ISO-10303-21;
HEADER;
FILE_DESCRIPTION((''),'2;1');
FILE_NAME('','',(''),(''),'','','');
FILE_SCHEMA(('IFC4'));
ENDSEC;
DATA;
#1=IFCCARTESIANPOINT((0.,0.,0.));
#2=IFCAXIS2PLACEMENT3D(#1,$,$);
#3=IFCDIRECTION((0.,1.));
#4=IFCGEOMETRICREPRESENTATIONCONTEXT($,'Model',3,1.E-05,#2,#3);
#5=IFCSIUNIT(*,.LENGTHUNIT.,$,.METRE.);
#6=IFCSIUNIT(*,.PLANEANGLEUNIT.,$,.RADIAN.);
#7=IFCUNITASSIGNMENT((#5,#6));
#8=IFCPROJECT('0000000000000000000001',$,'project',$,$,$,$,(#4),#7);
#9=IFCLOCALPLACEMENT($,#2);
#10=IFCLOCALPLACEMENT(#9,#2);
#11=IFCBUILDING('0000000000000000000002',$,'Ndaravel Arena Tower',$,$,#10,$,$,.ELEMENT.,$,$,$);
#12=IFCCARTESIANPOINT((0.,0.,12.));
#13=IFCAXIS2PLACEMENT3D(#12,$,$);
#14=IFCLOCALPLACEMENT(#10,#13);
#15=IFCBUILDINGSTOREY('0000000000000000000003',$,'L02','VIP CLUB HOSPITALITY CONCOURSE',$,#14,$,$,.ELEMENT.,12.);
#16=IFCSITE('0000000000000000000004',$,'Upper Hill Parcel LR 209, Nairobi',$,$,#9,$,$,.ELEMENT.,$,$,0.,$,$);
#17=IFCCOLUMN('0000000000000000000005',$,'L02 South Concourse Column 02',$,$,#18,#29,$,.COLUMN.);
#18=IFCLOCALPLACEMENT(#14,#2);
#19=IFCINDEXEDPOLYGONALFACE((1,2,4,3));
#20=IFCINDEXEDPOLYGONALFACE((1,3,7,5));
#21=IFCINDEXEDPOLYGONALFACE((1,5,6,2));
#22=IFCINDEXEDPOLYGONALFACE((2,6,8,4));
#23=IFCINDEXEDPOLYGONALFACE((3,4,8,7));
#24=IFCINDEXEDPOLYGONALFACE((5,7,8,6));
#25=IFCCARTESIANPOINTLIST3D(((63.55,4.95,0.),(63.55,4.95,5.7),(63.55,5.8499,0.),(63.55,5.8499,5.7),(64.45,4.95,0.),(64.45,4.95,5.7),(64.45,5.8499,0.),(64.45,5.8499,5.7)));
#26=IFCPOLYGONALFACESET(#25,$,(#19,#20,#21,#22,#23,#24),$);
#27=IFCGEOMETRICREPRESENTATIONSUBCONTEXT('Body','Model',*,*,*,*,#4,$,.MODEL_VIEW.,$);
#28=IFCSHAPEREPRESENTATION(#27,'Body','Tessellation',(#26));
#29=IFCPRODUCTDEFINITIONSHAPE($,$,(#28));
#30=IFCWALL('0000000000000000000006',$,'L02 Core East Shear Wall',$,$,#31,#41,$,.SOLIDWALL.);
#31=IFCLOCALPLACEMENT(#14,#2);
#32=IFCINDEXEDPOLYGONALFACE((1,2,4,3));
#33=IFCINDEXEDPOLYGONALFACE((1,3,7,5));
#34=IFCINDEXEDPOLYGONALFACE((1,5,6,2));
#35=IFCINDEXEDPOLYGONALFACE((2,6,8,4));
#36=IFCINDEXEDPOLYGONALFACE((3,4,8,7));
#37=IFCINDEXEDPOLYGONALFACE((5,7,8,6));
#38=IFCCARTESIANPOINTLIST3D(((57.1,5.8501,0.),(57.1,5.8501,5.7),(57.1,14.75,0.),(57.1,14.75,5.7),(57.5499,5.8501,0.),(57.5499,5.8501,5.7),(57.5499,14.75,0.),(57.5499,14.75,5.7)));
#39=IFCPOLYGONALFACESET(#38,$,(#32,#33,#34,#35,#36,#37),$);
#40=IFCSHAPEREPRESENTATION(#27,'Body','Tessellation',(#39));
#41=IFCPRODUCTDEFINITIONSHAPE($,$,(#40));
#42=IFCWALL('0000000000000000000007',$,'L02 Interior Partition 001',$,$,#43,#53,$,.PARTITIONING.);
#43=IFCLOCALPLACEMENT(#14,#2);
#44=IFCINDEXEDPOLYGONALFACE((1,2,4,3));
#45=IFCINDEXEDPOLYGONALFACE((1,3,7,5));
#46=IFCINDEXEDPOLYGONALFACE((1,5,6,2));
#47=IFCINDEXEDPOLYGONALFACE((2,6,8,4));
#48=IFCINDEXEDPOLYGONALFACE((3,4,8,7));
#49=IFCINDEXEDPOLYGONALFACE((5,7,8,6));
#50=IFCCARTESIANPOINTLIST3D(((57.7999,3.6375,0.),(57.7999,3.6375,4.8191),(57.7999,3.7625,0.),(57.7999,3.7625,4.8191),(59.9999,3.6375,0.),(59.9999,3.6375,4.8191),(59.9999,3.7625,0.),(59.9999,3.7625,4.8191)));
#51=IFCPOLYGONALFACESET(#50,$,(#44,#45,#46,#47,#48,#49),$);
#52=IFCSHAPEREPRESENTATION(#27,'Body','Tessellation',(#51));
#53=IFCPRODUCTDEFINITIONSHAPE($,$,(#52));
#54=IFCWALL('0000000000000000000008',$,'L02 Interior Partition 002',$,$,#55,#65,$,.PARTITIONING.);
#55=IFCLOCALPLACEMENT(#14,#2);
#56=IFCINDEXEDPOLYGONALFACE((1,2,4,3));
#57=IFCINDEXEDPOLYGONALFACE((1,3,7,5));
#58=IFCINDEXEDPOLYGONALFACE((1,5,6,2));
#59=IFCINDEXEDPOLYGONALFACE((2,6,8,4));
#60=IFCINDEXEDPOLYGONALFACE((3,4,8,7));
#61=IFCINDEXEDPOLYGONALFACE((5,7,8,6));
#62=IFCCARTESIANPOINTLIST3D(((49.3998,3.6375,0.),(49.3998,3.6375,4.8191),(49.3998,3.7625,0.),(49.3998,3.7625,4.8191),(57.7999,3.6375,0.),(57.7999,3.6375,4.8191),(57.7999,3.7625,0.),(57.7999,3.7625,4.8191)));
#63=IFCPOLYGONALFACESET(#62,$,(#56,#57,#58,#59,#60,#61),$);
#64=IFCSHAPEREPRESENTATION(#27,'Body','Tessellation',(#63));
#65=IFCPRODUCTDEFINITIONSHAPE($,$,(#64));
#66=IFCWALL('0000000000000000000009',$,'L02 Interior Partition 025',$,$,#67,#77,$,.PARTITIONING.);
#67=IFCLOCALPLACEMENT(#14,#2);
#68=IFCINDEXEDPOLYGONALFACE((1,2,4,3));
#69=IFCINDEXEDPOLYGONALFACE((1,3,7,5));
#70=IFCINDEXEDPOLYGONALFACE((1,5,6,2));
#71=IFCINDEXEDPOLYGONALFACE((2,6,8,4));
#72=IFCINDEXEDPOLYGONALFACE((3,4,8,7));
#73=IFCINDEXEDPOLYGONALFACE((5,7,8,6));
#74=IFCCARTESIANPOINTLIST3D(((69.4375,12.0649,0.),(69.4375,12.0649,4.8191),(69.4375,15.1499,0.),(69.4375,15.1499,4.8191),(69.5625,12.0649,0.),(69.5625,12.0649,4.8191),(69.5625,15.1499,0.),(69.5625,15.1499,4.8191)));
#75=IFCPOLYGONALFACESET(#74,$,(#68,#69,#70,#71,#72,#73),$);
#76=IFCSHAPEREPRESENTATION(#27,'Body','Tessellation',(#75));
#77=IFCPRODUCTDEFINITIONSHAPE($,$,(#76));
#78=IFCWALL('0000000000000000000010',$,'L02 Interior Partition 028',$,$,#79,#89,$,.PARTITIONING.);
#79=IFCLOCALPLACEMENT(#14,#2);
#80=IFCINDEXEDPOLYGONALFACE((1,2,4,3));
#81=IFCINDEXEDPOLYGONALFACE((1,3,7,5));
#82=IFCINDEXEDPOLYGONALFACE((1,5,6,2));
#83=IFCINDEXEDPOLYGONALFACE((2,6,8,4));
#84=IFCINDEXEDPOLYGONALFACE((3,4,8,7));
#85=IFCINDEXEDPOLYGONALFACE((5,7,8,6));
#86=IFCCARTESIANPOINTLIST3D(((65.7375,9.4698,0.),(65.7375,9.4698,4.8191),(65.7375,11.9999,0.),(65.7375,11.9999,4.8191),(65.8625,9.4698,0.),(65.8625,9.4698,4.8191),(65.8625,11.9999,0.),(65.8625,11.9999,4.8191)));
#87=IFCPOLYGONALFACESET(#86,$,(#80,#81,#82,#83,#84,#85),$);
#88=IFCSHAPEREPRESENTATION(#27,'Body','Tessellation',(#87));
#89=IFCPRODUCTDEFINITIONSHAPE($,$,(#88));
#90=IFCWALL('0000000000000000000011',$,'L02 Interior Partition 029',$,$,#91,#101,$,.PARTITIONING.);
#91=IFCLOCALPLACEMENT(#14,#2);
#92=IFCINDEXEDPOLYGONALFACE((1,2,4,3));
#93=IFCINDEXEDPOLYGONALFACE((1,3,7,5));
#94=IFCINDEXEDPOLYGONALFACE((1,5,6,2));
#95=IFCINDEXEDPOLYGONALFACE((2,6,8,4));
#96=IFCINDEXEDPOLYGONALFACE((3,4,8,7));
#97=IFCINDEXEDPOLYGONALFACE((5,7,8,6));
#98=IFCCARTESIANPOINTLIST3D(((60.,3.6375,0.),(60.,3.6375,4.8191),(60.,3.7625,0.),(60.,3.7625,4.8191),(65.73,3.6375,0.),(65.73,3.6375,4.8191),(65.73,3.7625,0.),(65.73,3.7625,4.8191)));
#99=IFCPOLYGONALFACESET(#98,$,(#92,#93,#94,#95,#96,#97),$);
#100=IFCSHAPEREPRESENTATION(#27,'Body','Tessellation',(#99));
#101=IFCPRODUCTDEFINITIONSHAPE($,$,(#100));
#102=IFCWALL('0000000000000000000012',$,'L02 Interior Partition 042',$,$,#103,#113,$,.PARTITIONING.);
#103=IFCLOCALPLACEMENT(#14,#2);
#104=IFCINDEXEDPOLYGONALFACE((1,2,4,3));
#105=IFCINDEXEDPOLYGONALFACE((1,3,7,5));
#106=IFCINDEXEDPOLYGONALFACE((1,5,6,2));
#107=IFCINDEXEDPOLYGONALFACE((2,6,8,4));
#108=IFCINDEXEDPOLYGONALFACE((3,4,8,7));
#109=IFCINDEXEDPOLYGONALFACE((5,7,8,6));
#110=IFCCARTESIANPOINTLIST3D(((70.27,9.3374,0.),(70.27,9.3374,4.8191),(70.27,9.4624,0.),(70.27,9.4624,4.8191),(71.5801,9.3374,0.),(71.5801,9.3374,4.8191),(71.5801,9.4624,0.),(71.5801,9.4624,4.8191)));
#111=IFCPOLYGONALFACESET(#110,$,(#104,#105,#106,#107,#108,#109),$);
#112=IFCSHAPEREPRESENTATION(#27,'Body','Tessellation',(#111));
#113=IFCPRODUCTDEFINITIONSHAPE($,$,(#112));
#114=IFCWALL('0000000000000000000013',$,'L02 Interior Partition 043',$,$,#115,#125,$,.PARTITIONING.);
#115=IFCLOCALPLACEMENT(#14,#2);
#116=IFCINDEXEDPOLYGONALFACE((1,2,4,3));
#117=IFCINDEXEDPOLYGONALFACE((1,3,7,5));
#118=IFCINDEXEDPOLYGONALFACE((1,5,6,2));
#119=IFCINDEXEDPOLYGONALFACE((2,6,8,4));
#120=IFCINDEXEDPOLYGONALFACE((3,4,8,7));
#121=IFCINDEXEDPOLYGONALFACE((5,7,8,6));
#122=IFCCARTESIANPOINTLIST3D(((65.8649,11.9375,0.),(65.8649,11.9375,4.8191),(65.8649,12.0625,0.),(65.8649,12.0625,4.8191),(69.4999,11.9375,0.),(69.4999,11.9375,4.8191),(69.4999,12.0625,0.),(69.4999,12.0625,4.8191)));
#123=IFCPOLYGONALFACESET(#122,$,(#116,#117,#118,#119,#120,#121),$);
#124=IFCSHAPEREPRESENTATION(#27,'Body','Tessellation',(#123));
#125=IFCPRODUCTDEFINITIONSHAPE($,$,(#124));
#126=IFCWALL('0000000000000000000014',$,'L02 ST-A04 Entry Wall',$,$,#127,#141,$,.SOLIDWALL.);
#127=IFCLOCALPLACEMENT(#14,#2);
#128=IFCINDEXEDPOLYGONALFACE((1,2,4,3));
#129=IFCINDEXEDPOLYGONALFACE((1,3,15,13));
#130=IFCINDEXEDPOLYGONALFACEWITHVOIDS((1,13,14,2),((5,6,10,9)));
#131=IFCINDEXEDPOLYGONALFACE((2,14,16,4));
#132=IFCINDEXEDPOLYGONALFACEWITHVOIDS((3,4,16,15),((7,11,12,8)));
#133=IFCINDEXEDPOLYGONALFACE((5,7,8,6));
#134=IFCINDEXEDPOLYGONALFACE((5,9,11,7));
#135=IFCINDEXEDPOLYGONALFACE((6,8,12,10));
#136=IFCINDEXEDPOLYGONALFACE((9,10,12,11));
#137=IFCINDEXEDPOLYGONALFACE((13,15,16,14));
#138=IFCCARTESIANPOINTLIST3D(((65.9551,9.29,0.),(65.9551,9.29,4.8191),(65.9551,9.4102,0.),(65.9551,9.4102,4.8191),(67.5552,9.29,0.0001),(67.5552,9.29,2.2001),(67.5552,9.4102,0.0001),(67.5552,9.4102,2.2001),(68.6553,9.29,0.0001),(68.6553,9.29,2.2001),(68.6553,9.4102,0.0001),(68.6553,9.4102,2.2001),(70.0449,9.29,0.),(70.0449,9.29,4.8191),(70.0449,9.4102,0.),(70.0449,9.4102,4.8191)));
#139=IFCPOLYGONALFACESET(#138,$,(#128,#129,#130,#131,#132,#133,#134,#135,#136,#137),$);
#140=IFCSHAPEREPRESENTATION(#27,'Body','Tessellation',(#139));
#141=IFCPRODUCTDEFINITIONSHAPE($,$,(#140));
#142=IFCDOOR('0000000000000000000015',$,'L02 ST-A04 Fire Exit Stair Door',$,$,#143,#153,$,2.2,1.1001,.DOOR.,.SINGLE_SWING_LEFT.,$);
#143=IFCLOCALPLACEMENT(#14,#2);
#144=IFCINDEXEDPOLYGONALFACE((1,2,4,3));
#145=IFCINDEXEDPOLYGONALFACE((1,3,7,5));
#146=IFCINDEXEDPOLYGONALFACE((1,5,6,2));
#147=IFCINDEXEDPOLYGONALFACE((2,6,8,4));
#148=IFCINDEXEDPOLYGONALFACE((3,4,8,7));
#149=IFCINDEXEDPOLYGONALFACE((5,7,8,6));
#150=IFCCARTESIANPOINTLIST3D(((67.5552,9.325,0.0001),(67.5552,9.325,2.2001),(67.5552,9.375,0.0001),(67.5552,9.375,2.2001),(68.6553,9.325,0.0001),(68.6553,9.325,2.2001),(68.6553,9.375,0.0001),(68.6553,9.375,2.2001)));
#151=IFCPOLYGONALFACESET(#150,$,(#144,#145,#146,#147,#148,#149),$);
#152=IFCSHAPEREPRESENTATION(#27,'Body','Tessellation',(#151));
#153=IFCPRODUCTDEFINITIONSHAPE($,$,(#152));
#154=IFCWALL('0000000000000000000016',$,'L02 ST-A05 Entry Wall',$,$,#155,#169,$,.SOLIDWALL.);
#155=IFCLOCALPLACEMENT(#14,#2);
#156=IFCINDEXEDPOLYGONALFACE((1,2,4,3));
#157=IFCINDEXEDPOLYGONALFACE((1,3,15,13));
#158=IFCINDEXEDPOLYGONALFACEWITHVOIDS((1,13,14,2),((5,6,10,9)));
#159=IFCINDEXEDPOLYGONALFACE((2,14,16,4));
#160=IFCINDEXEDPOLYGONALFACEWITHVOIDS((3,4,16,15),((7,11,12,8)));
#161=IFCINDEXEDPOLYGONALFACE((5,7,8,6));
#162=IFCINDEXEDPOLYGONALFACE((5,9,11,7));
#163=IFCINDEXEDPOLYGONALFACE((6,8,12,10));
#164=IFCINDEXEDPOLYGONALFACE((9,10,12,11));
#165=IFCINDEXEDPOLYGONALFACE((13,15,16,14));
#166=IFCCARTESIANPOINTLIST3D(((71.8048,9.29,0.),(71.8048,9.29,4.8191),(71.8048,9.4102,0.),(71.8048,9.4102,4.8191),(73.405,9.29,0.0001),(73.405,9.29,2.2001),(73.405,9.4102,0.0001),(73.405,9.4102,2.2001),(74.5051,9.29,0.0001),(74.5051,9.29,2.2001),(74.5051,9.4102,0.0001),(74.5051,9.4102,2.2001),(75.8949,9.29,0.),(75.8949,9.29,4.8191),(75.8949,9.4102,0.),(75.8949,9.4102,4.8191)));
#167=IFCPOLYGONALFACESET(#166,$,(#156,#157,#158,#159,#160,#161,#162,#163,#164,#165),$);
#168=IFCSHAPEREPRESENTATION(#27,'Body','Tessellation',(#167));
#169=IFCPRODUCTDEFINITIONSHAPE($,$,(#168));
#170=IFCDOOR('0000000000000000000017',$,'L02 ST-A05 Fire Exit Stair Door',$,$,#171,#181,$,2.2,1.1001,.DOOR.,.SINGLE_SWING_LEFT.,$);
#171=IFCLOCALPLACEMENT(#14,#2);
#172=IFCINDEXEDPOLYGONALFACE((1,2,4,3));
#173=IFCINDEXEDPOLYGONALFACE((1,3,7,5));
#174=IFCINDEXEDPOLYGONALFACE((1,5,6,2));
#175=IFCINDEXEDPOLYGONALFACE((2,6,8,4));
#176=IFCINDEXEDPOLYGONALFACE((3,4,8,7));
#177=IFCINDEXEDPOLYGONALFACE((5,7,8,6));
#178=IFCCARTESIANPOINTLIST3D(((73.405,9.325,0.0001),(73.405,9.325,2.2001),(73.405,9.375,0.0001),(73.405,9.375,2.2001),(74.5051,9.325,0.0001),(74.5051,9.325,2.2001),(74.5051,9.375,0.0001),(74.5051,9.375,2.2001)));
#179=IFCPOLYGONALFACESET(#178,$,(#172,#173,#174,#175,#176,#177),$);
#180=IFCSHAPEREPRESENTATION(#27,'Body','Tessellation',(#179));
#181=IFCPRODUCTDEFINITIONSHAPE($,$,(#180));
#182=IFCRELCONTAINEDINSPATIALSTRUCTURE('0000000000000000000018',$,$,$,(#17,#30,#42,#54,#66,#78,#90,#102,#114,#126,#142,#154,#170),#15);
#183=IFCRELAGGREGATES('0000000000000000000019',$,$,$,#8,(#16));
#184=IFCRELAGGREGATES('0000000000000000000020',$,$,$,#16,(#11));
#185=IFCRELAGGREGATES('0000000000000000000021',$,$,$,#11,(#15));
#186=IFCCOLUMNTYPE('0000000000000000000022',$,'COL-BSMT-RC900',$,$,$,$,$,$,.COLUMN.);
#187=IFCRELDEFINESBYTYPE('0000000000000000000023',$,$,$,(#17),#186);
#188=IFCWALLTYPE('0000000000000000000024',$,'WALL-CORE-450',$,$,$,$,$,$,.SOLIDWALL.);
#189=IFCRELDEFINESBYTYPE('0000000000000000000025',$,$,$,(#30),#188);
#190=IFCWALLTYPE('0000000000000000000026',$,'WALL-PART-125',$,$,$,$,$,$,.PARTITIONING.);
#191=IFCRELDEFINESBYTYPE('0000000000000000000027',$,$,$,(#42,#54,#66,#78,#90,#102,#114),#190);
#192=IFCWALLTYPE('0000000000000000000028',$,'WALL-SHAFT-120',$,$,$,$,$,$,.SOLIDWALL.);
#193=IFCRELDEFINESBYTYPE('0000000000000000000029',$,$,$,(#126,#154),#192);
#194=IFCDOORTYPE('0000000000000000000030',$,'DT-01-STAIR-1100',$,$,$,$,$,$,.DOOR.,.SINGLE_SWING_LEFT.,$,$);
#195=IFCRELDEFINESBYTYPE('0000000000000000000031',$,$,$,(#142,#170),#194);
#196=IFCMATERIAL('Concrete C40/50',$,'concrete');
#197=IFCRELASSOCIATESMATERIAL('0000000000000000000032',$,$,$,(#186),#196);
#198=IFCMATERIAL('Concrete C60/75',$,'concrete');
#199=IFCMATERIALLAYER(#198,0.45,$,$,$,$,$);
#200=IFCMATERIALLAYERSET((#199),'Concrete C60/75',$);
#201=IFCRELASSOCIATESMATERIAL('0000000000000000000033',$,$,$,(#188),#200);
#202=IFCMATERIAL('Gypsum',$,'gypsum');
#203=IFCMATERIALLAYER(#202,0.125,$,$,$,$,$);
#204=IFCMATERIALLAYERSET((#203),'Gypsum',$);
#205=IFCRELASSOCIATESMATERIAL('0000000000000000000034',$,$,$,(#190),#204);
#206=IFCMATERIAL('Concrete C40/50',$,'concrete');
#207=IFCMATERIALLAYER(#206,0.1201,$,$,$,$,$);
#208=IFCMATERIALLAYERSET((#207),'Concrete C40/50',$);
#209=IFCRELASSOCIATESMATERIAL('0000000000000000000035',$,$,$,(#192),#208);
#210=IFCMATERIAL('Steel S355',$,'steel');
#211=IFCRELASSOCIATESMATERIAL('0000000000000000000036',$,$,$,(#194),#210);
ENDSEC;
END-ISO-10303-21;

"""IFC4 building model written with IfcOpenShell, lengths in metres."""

from ifc_helpers import new_model, si_unit, direction, frame, frame_2d, origin, origin_2d, place, context, subcontext, project, spatial, rectangle, extrude, material, layer, layer_set, material_profile, profile_set, type_object, element, fill, save


model = new_model("IFC4")

# Units and contexts
model_context = context("Model", 3, precision=1e-05, world=origin(), true_north=direction((0.0, 1.0)))
body_context = subcontext(model_context, "Body", "Model", "MODEL_VIEW")
ifc_project = project(units=[si_unit("LENGTHUNIT", "METRE"), si_unit("PLANEANGLEUNIT", "RADIAN")], contexts=[model_context])

# Site, building, storey
site_placement = place(None, origin())
site = spatial("IfcSite", under=ifc_project, at=site_placement, Name="Upper Hill Parcel LR 209, Nairobi", CompositionType="ELEMENT", RefElevation=0.0)
building_placement = place(site_placement, origin())
building = spatial("IfcBuilding", under=site, at=building_placement, Name="Ndaravel Arena Tower", CompositionType="ELEMENT")
storey_placement = place(building_placement, frame((0.0, 0.0, 12.0)))
storey = spatial("IfcBuildingStorey", under=building, at=storey_placement, Name="L02", Description="VIP CLUB HOSPITALITY CONCOURSE", CompositionType="ELEMENT", Elevation=12.0)

# Column
ifc_material_1 = material(Name="Concrete C40/50", Category="concrete")
ifc_material_profile = material_profile(ifc_material_1, rectangle(XDim=0.8999, YDim=0.8999, at=origin_2d()), Name="RC 900x900")
ifc_profile_set = profile_set([ifc_material_profile], Name="Concrete C40/50")
column_type = type_object("IfcColumnType", Name="COL-BSMT-RC900", PredefinedType="COLUMN", material=ifc_profile_set)
column_placement = place(storey_placement, frame((64.0, 5.3999, 0.0), z_axis=(0.0, 0.0, 1.0), x_axis=(1.0, 0.0, 0.0)))
element("IfcColumn", 1, at=column_placement, inside=storey, type_object=column_type, Name="L02 South Concourse Column 02", PredefinedType="COLUMN", context=body_context, shape_type="SweptSolid", body=[
    extrude(rectangle(XDim=0.8999, YDim=0.8999, at=origin_2d()), origin(), (0.0, 0.0, 1.0), 5.7),
])

# Walls
ifc_material_2 = material(Name="Concrete C60/75", Category="concrete")
ifc_layer_1 = layer(ifc_material_2, 0.45)
ifc_layer_set_1 = layer_set([ifc_layer_1], Name="Concrete C60/75")
wall_type_1 = type_object("IfcWallType", Name="WALL-CORE-450", PredefinedType="SOLIDWALL", material=ifc_layer_set_1)
wall_1_placement = place(storey_placement, frame((57.325, 5.8501, 0.0), z_axis=(0.0, 0.0, 1.0), x_axis=(0.0, 1.0, 0.0)))
element("IfcWall", 2, at=wall_1_placement, inside=storey, type_object=wall_type_1, Name="L02 Core East Shear Wall", PredefinedType="SOLIDWALL", context=body_context, shape_type="SweptSolid", body=[
    extrude(rectangle(XDim=8.8999, YDim=0.45, at=frame_2d((4.45, 0.0))), origin(), (0.0, 0.0, 1.0), 5.7),
])
ifc_material_3 = material(Name="Gypsum", Category="gypsum")
ifc_layer_2 = layer(ifc_material_3, 0.125)
ifc_layer_set_2 = layer_set([ifc_layer_2], Name="Gypsum")
wall_type_2 = type_object("IfcWallType", Name="WALL-PART-125", PredefinedType="PARTITIONING", material=ifc_layer_set_2)
wall_2_placement = place(storey_placement, frame((60.0, 3.7, 0.0), z_axis=(0.0, 0.0, 1.0), x_axis=(-1.0, 0.0, 0.0)))
element("IfcWall", 3, at=wall_2_placement, inside=storey, type_object=wall_type_2, Name="L02 Interior Partition 001", PredefinedType="PARTITIONING", context=body_context, shape_type="SweptSolid", body=[
    extrude(rectangle(XDim=2.2, YDim=0.125, at=frame_2d((1.1001, 0.0))), origin(), (0.0, 0.0, 1.0), 4.8191),
])
wall_3_placement = place(storey_placement, frame((57.8, 3.7, 0.0), z_axis=(0.0, 0.0, 1.0), x_axis=(-1.0, 0.0, 0.0)))
element("IfcWall", 4, at=wall_3_placement, inside=storey, type_object=wall_type_2, Name="L02 Interior Partition 002", PredefinedType="PARTITIONING", context=body_context, shape_type="SweptSolid", body=[
    extrude(rectangle(XDim=8.4001, YDim=0.125, at=frame_2d((4.2002, 0.0))), origin(), (0.0, 0.0, 1.0), 4.8191),
])
wall_4_placement = place(storey_placement, frame((69.5, 12.0649, 0.0), z_axis=(0.0, 0.0, 1.0), x_axis=(0.0, 1.0, 0.0)))
element("IfcWall", 5, at=wall_4_placement, inside=storey, type_object=wall_type_2, Name="L02 Interior Partition 025", PredefinedType="PARTITIONING", context=body_context, shape_type="SweptSolid", body=[
    extrude(rectangle(XDim=3.085, YDim=0.125, at=frame_2d((1.5425, 0.0))), origin(), (0.0, 0.0, 1.0), 4.8191),
])
wall_5_placement = place(storey_placement, frame((65.8, 12.0, 0.0), z_axis=(0.0, 0.0, 1.0), x_axis=(0.0, -1.0, 0.0)))
element("IfcWall", 6, at=wall_5_placement, inside=storey, type_object=wall_type_2, Name="L02 Interior Partition 028", PredefinedType="PARTITIONING", context=body_context, shape_type="SweptSolid", body=[
    extrude(rectangle(XDim=2.53, YDim=0.125, at=frame_2d((1.2651, 0.0))), origin(), (0.0, 0.0, 1.0), 4.8191),
])
wall_6_placement = place(storey_placement, frame((65.73, 3.7, 0.0), z_axis=(0.0, 0.0, 1.0), x_axis=(-1.0, 0.0, 0.0)))
element("IfcWall", 7, at=wall_6_placement, inside=storey, type_object=wall_type_2, Name="L02 Interior Partition 029", PredefinedType="PARTITIONING", context=body_context, shape_type="SweptSolid", body=[
    extrude(rectangle(XDim=5.73, YDim=0.125, at=frame_2d((2.865, 0.0))), origin(), (0.0, 0.0, 1.0), 4.8191),
])
wall_7_placement = place(storey_placement, frame((71.5801, 9.3999, 0.0), z_axis=(0.0, 0.0, 1.0), x_axis=(-1.0, 0.0, 0.0)))
element("IfcWall", 8, at=wall_7_placement, inside=storey, type_object=wall_type_2, Name="L02 Interior Partition 042", PredefinedType="PARTITIONING", context=body_context, shape_type="SweptSolid", body=[
    extrude(rectangle(XDim=1.3101, YDim=0.125, at=frame_2d((0.655, 0.0))), origin(), (0.0, 0.0, 1.0), 4.8191),
])
wall_8_placement = place(storey_placement, frame((65.865, 12.0, 0.0), z_axis=(0.0, 0.0, 1.0), x_axis=(1.0, 0.0, 0.0)))
element("IfcWall", 9, at=wall_8_placement, inside=storey, type_object=wall_type_2, Name="L02 Interior Partition 043", PredefinedType="PARTITIONING", context=body_context, shape_type="SweptSolid", body=[
    extrude(rectangle(XDim=3.635, YDim=0.125, at=frame_2d((1.8174, 0.0))), origin(), (0.0, 0.0, 1.0), 4.8191),
])

# Walls, openings, doors
ifc_material_4 = material(Name="Concrete C40/50", Category="concrete")
ifc_layer_3 = layer(ifc_material_4, 0.1201)
ifc_layer_set_3 = layer_set([ifc_layer_3], Name="Concrete C40/50")
wall_type_3 = type_object("IfcWallType", Name="WALL-SHAFT-120", PredefinedType="SOLIDWALL", material=ifc_layer_set_3)
wall_9_placement = place(storey_placement, frame((65.9551, 9.3501, 0.0), z_axis=(0.0, 0.0, 1.0), x_axis=(1.0, 0.0, 0.0)))
wall_9 = element("IfcWall", 10, at=wall_9_placement, inside=storey, type_object=wall_type_3, Name="L02 ST-A04 Entry Wall", PredefinedType="SOLIDWALL", context=body_context, shape_type="SweptSolid", body=[
    extrude(rectangle(XDim=4.0898, YDim=0.1201, at=frame_2d((2.0449, 0.0))), origin(), (0.0, 0.0, 1.0), 4.8191),
])
opening_1_placement = place(wall_9_placement, frame((1.6001, 0.0, 0.0)))
opening_1 = element("IfcOpeningElement", 11, at=opening_1_placement, cuts=wall_9, PredefinedType="OPENING", context=body_context, shape_type="SweptSolid", body=[
    extrude(rectangle(XDim=1.1001, YDim=2.2, at=frame_2d((0.55, 1.1001))), frame((0.0, 0.0601, 0.0), z_axis=(0.0, -1.0, 0.0), x_axis=(1.0, 0.0, 0.0)), (0.0, 0.0, 1.0), 0.1201),
])
ifc_material_5 = material(Name="Steel S355", Category="steel")
door_type = type_object("IfcDoorType", Name="DT-01-STAIR-1100", OperationType="SINGLE_SWING_LEFT", PredefinedType="DOOR", material=ifc_material_5)
door_1_placement = place(opening_1_placement, origin())
door_1 = element("IfcDoor", 12, at=door_1_placement, inside=storey, type_object=door_type, Name="L02 ST-A04 Fire Exit Stair Door", OperationType="SINGLE_SWING_LEFT", OverallHeight=2.2, OverallWidth=1.1001, PredefinedType="DOOR", context=body_context, shape_type="SweptSolid", body=[
    extrude(rectangle(XDim=1.1001, YDim=2.2, at=frame_2d((0.55, 1.1001))), frame((0.0, 0.0249, 0.0), z_axis=(0.0, -1.0, 0.0), x_axis=(1.0, 0.0, 0.0)), (0.0, 0.0, 1.0), 0.05),
])
fill(opening_1, door_1)
wall_10_placement = place(storey_placement, frame((71.8049, 9.3501, 0.0), z_axis=(0.0, 0.0, 1.0), x_axis=(1.0, 0.0, 0.0)))
wall_10 = element("IfcWall", 13, at=wall_10_placement, inside=storey, type_object=wall_type_3, Name="L02 ST-A05 Entry Wall", PredefinedType="SOLIDWALL", context=body_context, shape_type="SweptSolid", body=[
    extrude(rectangle(XDim=4.0901, YDim=0.1201, at=frame_2d((2.0449, 0.0))), origin(), (0.0, 0.0, 1.0), 4.8191),
])
opening_2_placement = place(wall_10_placement, frame((1.6001, 0.0, 0.0)))
opening_2 = element("IfcOpeningElement", 14, at=opening_2_placement, cuts=wall_10, PredefinedType="OPENING", context=body_context, shape_type="SweptSolid", body=[
    extrude(rectangle(XDim=1.1001, YDim=2.2, at=frame_2d((0.55, 1.1001))), frame((0.0, 0.0601, 0.0), z_axis=(0.0, -1.0, 0.0), x_axis=(1.0, 0.0, 0.0)), (0.0, 0.0, 1.0), 0.1201),
])
door_2_placement = place(opening_2_placement, origin())
door_2 = element("IfcDoor", 15, at=door_2_placement, inside=storey, type_object=door_type, Name="L02 ST-A05 Fire Exit Stair Door", OperationType="SINGLE_SWING_LEFT", OverallHeight=2.2, OverallWidth=1.1001, PredefinedType="DOOR", context=body_context, shape_type="SweptSolid", body=[
    extrude(rectangle(XDim=1.1001, YDim=2.2, at=frame_2d((0.55, 1.1001))), frame((0.0, 0.0249, 0.0), z_axis=(0.0, -1.0, 0.0), x_axis=(1.0, 0.0, 0.0)), (0.0, 0.0, 1.0), 0.05),
])
fill(opening_2, door_2)

save(model, "model.ifc")
